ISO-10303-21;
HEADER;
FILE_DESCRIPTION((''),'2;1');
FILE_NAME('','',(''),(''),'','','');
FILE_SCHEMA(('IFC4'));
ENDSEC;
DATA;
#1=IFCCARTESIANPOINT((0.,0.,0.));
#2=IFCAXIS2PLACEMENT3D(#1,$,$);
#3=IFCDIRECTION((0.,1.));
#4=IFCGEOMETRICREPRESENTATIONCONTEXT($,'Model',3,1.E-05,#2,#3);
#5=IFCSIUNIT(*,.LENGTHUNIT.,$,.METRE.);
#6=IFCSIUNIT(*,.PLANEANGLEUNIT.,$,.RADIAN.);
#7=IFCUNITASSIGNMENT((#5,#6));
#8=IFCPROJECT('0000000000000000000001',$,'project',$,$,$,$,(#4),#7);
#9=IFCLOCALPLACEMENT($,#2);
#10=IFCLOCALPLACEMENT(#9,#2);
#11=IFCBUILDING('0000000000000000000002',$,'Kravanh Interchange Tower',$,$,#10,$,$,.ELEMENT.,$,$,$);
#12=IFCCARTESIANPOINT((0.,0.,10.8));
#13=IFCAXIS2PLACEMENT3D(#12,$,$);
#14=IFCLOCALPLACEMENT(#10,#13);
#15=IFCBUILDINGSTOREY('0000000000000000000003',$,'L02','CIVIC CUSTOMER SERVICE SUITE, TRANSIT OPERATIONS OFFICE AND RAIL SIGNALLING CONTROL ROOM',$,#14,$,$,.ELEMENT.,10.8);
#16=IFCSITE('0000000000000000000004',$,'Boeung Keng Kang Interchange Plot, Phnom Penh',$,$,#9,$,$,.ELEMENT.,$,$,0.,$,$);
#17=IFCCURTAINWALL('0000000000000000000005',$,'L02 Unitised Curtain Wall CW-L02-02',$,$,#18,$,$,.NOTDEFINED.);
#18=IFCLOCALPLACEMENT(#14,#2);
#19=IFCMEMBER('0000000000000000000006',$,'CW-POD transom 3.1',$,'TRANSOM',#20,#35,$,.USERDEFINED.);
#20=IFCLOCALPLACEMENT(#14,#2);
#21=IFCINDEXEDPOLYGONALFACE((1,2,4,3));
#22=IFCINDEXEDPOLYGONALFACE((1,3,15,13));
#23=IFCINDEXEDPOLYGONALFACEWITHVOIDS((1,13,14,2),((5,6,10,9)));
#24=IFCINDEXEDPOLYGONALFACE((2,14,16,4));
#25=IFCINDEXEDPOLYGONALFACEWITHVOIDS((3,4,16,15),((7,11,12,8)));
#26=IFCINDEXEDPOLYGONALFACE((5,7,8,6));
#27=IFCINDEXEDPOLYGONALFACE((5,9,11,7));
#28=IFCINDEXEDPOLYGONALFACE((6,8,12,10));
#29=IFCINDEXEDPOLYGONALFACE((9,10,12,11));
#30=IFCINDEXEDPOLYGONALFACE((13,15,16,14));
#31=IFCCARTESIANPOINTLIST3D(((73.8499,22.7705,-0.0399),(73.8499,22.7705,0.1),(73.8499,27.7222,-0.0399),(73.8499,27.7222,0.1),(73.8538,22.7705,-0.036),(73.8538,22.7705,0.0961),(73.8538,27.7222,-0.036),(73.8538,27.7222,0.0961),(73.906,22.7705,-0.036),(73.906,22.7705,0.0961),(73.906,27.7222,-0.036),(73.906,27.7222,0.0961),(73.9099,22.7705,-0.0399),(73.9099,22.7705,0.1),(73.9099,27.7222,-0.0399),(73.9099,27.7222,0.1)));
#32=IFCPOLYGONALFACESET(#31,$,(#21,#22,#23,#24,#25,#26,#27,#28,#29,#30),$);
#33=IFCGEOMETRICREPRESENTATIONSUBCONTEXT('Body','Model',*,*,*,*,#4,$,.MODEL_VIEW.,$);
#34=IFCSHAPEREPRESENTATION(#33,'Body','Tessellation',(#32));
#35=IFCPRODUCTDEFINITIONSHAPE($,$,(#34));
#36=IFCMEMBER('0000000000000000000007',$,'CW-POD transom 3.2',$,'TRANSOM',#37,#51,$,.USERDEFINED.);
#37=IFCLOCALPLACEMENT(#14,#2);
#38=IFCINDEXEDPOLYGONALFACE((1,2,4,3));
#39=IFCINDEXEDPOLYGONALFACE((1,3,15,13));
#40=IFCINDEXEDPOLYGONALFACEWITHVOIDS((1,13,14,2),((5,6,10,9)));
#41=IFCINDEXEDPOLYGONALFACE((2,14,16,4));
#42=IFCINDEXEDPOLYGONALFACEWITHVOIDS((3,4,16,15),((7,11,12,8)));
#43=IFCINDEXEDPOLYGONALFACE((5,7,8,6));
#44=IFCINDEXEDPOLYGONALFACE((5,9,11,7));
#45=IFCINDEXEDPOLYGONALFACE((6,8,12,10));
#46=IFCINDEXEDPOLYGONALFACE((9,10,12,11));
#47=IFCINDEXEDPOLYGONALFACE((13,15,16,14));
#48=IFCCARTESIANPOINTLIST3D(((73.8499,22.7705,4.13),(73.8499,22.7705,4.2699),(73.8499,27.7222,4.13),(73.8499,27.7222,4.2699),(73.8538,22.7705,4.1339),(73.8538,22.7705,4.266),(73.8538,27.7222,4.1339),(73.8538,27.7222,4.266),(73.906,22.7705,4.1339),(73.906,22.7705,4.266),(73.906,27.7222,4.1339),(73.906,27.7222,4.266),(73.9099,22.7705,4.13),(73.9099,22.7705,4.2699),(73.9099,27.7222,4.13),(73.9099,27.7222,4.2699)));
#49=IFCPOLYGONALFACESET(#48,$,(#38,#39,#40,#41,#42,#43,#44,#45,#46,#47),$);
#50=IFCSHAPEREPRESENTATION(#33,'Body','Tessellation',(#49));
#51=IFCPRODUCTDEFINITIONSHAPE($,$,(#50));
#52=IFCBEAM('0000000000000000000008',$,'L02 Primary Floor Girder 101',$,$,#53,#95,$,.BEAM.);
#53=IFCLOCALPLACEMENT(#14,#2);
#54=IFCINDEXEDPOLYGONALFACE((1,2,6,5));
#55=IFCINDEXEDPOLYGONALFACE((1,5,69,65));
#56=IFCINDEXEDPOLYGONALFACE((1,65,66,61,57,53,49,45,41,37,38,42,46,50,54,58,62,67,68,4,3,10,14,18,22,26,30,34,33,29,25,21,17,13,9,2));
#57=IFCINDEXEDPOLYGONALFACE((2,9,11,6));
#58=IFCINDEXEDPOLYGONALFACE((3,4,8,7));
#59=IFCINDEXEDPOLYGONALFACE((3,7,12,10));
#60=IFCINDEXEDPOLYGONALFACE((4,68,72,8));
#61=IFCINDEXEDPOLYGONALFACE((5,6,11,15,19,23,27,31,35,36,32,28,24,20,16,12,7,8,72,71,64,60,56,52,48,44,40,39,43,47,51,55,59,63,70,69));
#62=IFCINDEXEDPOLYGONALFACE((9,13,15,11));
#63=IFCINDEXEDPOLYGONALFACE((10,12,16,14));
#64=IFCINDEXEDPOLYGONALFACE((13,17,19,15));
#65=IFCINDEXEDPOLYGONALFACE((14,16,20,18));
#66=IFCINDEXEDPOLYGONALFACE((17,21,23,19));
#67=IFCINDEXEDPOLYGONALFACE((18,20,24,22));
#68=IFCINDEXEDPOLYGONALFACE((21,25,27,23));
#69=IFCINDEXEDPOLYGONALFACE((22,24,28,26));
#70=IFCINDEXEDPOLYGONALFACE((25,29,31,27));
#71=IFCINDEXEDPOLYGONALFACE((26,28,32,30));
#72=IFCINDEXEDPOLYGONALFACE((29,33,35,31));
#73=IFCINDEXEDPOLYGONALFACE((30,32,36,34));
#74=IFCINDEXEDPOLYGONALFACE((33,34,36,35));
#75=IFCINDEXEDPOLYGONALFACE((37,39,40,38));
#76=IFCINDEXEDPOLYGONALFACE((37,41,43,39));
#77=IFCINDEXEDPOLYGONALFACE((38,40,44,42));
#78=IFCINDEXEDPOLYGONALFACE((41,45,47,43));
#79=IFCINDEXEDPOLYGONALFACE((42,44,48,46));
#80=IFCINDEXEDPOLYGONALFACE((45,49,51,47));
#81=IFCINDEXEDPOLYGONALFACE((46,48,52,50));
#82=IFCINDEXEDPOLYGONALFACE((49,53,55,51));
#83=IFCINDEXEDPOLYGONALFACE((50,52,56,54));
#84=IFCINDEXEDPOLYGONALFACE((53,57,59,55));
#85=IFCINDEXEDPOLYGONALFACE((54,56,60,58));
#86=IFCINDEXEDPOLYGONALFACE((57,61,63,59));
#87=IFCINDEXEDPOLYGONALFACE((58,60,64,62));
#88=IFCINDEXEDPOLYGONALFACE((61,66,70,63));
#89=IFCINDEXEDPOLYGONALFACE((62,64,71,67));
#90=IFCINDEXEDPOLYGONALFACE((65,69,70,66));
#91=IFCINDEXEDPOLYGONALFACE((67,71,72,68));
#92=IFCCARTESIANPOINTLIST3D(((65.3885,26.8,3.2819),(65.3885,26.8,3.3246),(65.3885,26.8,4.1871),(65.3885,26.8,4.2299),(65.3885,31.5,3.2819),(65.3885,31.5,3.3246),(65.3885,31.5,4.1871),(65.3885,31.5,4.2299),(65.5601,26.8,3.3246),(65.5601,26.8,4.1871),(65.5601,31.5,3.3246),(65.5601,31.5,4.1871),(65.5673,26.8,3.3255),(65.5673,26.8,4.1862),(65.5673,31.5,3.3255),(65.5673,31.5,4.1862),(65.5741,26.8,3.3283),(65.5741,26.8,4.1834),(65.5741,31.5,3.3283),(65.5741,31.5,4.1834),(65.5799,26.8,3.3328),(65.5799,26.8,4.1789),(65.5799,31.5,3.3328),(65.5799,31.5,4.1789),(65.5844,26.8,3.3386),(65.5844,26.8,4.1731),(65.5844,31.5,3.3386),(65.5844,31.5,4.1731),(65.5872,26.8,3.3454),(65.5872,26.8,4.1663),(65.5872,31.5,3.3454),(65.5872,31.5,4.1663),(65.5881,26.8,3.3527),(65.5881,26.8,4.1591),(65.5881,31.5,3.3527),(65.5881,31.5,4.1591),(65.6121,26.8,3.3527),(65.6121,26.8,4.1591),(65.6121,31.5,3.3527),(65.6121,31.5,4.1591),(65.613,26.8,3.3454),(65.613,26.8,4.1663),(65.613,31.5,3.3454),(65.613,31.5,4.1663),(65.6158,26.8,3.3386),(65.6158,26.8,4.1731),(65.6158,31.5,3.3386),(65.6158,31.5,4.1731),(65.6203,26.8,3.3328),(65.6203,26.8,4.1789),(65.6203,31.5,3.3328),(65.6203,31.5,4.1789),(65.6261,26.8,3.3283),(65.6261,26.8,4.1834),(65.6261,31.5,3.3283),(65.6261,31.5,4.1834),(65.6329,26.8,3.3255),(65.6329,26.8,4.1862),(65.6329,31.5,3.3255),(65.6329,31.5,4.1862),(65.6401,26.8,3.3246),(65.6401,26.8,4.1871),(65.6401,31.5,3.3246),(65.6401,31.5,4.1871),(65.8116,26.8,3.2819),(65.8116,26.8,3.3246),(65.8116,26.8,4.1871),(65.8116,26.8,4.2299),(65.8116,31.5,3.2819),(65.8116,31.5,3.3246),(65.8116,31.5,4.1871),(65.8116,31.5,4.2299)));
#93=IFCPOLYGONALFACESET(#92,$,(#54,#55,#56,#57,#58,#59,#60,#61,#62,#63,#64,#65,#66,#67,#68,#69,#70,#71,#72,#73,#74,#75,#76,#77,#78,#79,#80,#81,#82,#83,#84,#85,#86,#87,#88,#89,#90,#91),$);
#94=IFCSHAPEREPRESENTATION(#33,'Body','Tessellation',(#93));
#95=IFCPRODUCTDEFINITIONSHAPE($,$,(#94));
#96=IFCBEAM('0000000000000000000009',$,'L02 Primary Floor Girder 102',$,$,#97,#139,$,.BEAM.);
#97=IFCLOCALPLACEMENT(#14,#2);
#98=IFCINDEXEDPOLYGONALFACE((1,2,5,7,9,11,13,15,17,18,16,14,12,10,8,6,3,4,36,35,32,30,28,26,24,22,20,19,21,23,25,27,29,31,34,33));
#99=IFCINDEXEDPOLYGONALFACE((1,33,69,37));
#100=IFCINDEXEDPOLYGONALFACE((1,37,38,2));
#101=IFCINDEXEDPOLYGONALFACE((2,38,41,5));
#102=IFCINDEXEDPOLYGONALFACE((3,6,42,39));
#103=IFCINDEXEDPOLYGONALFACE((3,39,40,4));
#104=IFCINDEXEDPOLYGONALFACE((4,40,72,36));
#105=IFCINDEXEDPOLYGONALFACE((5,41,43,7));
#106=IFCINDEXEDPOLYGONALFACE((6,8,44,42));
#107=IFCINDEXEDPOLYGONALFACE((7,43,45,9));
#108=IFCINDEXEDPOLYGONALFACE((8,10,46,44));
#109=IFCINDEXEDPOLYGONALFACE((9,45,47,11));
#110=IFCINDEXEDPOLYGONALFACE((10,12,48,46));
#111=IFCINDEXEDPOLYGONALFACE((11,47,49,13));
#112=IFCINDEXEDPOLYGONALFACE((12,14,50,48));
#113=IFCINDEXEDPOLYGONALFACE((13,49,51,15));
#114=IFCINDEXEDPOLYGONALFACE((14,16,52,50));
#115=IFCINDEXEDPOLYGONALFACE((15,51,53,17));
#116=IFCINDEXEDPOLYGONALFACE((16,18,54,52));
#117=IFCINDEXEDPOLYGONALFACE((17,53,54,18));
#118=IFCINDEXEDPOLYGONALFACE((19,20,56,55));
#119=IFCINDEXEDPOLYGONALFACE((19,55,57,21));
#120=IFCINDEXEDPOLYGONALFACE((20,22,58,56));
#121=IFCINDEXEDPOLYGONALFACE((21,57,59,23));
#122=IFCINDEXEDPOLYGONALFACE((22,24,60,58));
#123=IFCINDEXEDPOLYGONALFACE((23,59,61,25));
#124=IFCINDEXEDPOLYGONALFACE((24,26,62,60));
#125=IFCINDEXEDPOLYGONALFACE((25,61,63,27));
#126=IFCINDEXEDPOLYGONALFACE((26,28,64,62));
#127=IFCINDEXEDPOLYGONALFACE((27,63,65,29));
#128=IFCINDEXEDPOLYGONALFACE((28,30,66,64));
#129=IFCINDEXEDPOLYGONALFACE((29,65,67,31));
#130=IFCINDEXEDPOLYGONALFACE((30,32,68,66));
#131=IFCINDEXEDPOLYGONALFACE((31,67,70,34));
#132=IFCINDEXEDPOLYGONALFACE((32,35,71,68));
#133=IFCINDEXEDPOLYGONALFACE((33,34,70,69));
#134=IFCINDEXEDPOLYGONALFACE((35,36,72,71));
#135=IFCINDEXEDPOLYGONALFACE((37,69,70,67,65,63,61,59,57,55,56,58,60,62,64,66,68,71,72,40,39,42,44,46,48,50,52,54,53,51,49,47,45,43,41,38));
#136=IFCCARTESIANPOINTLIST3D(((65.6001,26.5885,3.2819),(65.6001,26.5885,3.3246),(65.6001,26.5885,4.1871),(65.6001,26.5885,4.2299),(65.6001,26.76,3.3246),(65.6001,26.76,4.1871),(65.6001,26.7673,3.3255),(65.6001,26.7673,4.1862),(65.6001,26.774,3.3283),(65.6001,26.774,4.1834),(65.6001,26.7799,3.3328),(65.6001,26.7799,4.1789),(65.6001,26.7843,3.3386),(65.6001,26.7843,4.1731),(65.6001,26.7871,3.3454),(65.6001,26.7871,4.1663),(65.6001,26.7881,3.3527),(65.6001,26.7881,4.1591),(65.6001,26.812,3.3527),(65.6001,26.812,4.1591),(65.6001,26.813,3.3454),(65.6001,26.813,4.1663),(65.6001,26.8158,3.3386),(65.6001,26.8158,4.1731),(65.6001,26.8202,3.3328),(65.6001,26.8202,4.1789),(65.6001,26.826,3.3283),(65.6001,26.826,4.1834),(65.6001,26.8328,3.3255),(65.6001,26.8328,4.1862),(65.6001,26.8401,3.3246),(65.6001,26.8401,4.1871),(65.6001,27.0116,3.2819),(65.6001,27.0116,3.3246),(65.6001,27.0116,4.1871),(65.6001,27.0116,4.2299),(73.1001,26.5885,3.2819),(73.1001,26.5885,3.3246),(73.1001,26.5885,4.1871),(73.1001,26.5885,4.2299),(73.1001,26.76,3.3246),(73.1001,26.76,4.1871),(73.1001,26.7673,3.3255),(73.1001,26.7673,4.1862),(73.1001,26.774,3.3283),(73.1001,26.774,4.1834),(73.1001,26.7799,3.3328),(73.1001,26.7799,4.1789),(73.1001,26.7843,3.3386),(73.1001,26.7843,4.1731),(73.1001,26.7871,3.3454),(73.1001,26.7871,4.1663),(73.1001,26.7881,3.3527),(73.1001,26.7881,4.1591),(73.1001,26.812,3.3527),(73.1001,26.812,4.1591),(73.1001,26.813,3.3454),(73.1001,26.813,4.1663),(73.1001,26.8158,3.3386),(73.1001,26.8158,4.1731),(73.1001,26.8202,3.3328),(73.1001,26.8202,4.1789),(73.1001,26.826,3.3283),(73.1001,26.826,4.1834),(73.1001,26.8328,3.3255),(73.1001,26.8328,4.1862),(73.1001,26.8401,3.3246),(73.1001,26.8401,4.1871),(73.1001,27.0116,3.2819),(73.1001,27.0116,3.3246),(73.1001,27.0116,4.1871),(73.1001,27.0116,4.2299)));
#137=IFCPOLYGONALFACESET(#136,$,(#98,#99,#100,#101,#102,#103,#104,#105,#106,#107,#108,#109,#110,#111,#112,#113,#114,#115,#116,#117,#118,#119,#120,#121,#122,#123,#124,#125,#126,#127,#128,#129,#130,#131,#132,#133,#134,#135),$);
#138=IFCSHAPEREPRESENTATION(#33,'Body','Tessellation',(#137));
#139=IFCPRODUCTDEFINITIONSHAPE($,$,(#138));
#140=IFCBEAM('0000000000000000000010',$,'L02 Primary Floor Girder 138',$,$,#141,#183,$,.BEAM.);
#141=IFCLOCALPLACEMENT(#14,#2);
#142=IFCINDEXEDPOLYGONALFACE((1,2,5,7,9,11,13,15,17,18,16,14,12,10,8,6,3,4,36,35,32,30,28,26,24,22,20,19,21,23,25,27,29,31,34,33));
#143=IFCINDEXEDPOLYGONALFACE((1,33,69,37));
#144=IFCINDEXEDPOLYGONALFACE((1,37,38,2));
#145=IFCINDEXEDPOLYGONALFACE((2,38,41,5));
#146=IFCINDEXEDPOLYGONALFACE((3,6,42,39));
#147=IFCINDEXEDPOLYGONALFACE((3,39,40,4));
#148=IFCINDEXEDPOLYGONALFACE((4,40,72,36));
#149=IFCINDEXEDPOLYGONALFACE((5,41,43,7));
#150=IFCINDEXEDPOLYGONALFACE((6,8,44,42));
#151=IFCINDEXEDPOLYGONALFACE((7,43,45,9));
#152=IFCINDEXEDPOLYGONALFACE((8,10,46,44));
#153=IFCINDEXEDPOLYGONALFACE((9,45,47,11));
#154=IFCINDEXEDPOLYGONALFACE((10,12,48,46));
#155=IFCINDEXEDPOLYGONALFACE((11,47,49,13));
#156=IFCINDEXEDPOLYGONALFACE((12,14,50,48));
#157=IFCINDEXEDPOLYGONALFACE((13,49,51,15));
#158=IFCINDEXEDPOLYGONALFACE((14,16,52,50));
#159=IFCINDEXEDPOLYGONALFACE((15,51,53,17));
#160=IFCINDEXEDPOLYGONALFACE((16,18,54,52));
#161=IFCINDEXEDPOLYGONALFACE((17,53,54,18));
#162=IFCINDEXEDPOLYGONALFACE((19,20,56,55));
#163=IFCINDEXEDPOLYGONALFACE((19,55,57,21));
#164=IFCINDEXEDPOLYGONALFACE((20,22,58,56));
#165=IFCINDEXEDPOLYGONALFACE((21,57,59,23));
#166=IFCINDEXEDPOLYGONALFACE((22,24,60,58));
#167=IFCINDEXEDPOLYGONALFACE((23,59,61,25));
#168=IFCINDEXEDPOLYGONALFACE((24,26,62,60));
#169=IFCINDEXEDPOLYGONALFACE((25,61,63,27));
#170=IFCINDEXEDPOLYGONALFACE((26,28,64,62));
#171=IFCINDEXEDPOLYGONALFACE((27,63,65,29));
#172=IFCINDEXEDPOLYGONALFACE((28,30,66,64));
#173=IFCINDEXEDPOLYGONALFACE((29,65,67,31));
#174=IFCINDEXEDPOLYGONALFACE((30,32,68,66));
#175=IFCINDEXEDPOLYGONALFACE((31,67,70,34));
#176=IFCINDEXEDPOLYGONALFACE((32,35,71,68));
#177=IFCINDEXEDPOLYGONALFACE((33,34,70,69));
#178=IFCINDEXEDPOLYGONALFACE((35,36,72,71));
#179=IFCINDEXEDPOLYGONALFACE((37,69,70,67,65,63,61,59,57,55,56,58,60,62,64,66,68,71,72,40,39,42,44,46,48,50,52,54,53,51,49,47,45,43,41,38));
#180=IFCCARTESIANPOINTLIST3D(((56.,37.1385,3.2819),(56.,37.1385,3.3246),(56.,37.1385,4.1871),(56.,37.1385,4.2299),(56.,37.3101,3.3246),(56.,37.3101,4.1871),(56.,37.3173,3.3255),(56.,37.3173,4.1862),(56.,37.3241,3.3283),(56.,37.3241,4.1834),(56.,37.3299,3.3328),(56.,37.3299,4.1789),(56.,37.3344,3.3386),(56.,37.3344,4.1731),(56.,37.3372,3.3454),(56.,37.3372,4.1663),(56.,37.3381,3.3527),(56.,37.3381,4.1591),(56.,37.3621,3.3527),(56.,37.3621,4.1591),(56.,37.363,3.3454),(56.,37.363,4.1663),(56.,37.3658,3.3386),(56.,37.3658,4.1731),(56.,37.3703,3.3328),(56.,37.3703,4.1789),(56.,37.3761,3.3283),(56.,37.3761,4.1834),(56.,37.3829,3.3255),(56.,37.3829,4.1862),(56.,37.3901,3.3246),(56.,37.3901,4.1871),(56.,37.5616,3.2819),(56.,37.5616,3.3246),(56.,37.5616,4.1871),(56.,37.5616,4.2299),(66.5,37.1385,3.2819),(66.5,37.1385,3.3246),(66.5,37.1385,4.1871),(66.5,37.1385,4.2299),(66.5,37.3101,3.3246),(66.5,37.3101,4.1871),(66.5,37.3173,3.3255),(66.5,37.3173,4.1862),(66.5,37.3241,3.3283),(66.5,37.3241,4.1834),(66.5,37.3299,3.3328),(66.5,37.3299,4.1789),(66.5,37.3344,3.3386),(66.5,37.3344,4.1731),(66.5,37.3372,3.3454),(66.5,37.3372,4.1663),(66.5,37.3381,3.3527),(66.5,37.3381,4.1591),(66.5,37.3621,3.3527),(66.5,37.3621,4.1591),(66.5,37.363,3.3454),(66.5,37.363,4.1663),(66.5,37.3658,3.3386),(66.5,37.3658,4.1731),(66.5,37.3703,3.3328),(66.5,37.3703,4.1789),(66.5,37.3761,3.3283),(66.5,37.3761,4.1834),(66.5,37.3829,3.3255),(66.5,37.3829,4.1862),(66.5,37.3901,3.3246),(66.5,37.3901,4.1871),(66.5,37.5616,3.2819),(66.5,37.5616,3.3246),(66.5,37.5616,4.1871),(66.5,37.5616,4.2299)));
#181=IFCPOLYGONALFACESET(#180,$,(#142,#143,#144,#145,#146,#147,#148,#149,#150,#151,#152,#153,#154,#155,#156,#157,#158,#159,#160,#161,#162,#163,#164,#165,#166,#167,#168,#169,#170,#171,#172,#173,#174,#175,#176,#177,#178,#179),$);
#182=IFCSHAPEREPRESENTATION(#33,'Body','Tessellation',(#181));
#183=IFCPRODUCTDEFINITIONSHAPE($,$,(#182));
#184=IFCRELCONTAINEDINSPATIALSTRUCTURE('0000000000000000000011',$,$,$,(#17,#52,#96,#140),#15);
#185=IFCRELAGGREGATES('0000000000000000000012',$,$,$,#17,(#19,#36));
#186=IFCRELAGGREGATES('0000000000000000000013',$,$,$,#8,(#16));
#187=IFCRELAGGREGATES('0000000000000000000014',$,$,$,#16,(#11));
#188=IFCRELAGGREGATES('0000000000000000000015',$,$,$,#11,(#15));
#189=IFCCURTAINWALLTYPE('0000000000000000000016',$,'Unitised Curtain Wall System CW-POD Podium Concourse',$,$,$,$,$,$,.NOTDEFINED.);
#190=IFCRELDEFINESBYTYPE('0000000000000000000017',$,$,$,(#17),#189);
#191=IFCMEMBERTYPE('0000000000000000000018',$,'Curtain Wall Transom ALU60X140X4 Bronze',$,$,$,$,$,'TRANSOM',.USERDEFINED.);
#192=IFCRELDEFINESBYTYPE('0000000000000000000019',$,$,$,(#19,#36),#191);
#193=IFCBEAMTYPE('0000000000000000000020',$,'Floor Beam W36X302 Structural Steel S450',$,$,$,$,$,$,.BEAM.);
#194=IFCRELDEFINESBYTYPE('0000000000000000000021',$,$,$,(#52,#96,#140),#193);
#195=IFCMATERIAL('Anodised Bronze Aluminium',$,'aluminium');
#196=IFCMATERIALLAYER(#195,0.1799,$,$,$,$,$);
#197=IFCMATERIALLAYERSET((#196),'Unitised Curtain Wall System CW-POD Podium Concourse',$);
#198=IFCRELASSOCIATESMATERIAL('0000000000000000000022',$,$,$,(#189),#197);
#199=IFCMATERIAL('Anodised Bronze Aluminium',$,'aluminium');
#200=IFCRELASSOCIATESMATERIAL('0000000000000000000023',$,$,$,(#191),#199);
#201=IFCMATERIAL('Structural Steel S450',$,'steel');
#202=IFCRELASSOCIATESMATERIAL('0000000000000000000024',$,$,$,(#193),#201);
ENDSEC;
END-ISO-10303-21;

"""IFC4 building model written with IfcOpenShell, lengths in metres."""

from ifc_helpers import new_model, si_unit, direction, frame, origin, origin_2d, place, context, subcontext, project, spatial, hollow_rectangle, i_section, extrude, material, layer, layer_set, material_profile, profile_set, type_object, element, aggregate, save


model = new_model("IFC4")

# Units and contexts
model_context = context("Model", 3, precision=1e-05, world=origin(), true_north=direction((0.0, 1.0)))
body_context = subcontext(model_context, "Body", "Model", "MODEL_VIEW")
ifc_project = project(units=[si_unit("LENGTHUNIT", "METRE"), si_unit("PLANEANGLEUNIT", "RADIAN")], contexts=[model_context])

# Site, building, storey
site_placement = place(None, origin())
site = spatial("IfcSite", under=ifc_project, at=site_placement, Name="Boeung Keng Kang Interchange Plot, Phnom Penh", CompositionType="ELEMENT", RefElevation=0.0)
building_placement = place(site_placement, origin())
building = spatial("IfcBuilding", under=site, at=building_placement, Name="Kravanh Interchange Tower", CompositionType="ELEMENT")
storey_placement = place(building_placement, frame((0.0, 0.0, 10.8)))
storey = spatial("IfcBuildingStorey", under=building, at=storey_placement, Name="L02", Description="CIVIC CUSTOMER SERVICE SUITE, TRANSIT OPERATIONS OFFICE AND RAIL SIGNALLING CONTROL ROOM", CompositionType="ELEMENT", Elevation=10.8)

# Curtain wall, members
ifc_material_1 = material(Name="Anodised Bronze Aluminium", Category="aluminium")
ifc_layer_1 = layer(ifc_material_1, 0.1799)
ifc_layer_set_1 = layer_set([ifc_layer_1], Name="Unitised Curtain Wall System CW-POD Podium Concourse")
curtain_wall_type = type_object("IfcCurtainWallType", Name="Unitised Curtain Wall System CW-POD Podium Concourse", PredefinedType="NOTDEFINED", material=ifc_layer_set_1)
curtain_wall_placement = place(storey_placement, origin())
curtain_wall = element("IfcCurtainWall", 1, at=curtain_wall_placement, inside=storey, type_object=curtain_wall_type, Name="L02 Unitised Curtain Wall CW-L02-02", PredefinedType="NOTDEFINED")
ifc_material_2 = material(Name="Anodised Bronze Aluminium", Category="aluminium")
ifc_material_profile_1 = material_profile(ifc_material_2, hollow_rectangle(XDim=0.0601, YDim=0.1399, WallThickness=0.0039, at=origin_2d()), Name="ALU60X140X4")
ifc_profile_set_1 = profile_set([ifc_material_profile_1], Name="Anodised Bronze Aluminium")
member_type_1 = type_object("IfcMemberType", Name="Curtain Wall Transom ALU60X140X4 Bronze", ElementType="TRANSOM", PredefinedType="USERDEFINED", material=ifc_profile_set_1)
member_1_placement = place(storey_placement, frame((73.8799, 27.7222, 0.03), z_axis=(0.0, -1.0, 0.0), x_axis=(1.0, 0.0, 0.0)))
member_1 = element("IfcMember", 2, at=member_1_placement, type_object=member_type_1, Name="CW-POD transom 3.1", ObjectType="TRANSOM", PredefinedType="USERDEFINED", context=body_context, shape_type="SweptSolid", body=[
    extrude(hollow_rectangle(XDim=0.0601, YDim=0.1399, WallThickness=0.0039, at=origin_2d()), origin(), (0.0, 0.0, 1.0), 4.9517),
])
member_2_placement = place(storey_placement, frame((73.8799, 27.7222, 4.2), z_axis=(0.0, -1.0, 0.0), x_axis=(1.0, 0.0, 0.0)))
member_2 = element("IfcMember", 3, at=member_2_placement, type_object=member_type_1, Name="CW-POD transom 3.2", ObjectType="TRANSOM", PredefinedType="USERDEFINED", context=body_context, shape_type="SweptSolid", body=[
    extrude(hollow_rectangle(XDim=0.0601, YDim=0.1399, WallThickness=0.0039, at=origin_2d()), origin(), (0.0, 0.0, 1.0), 4.9517),
])

# Beams
ifc_material_3 = material(Name="Structural Steel S450", Category="steel")
ifc_material_profile_2 = material_profile(ifc_material_3, i_section(OverallWidth=0.4231, OverallDepth=0.948, WebThickness=0.0239, FlangeThickness=0.0427, FilletRadius=0.0281, at=origin_2d()), Name="W36X302")
ifc_profile_set_2 = profile_set([ifc_material_profile_2], Name="Structural Steel S450")
beam_type_1 = type_object("IfcBeamType", Name="Floor Beam W36X302 Structural Steel S450", PredefinedType="BEAM", material=ifc_profile_set_2)
beam_1_placement = place(storey_placement, frame((65.6001, 26.8, 3.7559), z_axis=(0.0, 1.0, 0.0), x_axis=(-1.0, 0.0, 0.0)))
element("IfcBeam", 4, at=beam_1_placement, inside=storey, type_object=beam_type_1, Name="L02 Primary Floor Girder 101", PredefinedType="BEAM", context=body_context, shape_type="SweptSolid", body=[
    extrude(i_section(OverallWidth=0.4231, OverallDepth=0.948, WebThickness=0.0239, FlangeThickness=0.0427, FilletRadius=0.0281, at=origin_2d()), origin(), (0.0, 0.0, 1.0), 4.7),
])
beam_2_placement = place(storey_placement, frame((65.6001, 26.8, 3.7559), z_axis=(1.0, 0.0, 0.0), x_axis=(0.0, 1.0, 0.0)))
element("IfcBeam", 5, at=beam_2_placement, inside=storey, type_object=beam_type_1, Name="L02 Primary Floor Girder 102", PredefinedType="BEAM", context=body_context, shape_type="SweptSolid", body=[
    extrude(i_section(OverallWidth=0.4231, OverallDepth=0.948, WebThickness=0.0239, FlangeThickness=0.0427, FilletRadius=0.0281, at=origin_2d()), origin(), (0.0, 0.0, 1.0), 7.5),
])
beam_3_placement = place(storey_placement, frame((66.5, 37.3501, 3.7559), z_axis=(-1.0, 0.0, 0.0), x_axis=(0.0, -1.0, 0.0)))
element("IfcBeam", 6, at=beam_3_placement, inside=storey, type_object=beam_type_1, Name="L02 Primary Floor Girder 138", PredefinedType="BEAM", context=body_context, shape_type="SweptSolid", body=[
    extrude(i_section(OverallWidth=0.4231, OverallDepth=0.948, WebThickness=0.0239, FlangeThickness=0.0427, FilletRadius=0.0281, at=origin_2d()), origin(), (0.0, 0.0, 1.0), 10.5),
])

aggregate(curtain_wall, [member_1, member_2])

save(model, "model.ifc")
